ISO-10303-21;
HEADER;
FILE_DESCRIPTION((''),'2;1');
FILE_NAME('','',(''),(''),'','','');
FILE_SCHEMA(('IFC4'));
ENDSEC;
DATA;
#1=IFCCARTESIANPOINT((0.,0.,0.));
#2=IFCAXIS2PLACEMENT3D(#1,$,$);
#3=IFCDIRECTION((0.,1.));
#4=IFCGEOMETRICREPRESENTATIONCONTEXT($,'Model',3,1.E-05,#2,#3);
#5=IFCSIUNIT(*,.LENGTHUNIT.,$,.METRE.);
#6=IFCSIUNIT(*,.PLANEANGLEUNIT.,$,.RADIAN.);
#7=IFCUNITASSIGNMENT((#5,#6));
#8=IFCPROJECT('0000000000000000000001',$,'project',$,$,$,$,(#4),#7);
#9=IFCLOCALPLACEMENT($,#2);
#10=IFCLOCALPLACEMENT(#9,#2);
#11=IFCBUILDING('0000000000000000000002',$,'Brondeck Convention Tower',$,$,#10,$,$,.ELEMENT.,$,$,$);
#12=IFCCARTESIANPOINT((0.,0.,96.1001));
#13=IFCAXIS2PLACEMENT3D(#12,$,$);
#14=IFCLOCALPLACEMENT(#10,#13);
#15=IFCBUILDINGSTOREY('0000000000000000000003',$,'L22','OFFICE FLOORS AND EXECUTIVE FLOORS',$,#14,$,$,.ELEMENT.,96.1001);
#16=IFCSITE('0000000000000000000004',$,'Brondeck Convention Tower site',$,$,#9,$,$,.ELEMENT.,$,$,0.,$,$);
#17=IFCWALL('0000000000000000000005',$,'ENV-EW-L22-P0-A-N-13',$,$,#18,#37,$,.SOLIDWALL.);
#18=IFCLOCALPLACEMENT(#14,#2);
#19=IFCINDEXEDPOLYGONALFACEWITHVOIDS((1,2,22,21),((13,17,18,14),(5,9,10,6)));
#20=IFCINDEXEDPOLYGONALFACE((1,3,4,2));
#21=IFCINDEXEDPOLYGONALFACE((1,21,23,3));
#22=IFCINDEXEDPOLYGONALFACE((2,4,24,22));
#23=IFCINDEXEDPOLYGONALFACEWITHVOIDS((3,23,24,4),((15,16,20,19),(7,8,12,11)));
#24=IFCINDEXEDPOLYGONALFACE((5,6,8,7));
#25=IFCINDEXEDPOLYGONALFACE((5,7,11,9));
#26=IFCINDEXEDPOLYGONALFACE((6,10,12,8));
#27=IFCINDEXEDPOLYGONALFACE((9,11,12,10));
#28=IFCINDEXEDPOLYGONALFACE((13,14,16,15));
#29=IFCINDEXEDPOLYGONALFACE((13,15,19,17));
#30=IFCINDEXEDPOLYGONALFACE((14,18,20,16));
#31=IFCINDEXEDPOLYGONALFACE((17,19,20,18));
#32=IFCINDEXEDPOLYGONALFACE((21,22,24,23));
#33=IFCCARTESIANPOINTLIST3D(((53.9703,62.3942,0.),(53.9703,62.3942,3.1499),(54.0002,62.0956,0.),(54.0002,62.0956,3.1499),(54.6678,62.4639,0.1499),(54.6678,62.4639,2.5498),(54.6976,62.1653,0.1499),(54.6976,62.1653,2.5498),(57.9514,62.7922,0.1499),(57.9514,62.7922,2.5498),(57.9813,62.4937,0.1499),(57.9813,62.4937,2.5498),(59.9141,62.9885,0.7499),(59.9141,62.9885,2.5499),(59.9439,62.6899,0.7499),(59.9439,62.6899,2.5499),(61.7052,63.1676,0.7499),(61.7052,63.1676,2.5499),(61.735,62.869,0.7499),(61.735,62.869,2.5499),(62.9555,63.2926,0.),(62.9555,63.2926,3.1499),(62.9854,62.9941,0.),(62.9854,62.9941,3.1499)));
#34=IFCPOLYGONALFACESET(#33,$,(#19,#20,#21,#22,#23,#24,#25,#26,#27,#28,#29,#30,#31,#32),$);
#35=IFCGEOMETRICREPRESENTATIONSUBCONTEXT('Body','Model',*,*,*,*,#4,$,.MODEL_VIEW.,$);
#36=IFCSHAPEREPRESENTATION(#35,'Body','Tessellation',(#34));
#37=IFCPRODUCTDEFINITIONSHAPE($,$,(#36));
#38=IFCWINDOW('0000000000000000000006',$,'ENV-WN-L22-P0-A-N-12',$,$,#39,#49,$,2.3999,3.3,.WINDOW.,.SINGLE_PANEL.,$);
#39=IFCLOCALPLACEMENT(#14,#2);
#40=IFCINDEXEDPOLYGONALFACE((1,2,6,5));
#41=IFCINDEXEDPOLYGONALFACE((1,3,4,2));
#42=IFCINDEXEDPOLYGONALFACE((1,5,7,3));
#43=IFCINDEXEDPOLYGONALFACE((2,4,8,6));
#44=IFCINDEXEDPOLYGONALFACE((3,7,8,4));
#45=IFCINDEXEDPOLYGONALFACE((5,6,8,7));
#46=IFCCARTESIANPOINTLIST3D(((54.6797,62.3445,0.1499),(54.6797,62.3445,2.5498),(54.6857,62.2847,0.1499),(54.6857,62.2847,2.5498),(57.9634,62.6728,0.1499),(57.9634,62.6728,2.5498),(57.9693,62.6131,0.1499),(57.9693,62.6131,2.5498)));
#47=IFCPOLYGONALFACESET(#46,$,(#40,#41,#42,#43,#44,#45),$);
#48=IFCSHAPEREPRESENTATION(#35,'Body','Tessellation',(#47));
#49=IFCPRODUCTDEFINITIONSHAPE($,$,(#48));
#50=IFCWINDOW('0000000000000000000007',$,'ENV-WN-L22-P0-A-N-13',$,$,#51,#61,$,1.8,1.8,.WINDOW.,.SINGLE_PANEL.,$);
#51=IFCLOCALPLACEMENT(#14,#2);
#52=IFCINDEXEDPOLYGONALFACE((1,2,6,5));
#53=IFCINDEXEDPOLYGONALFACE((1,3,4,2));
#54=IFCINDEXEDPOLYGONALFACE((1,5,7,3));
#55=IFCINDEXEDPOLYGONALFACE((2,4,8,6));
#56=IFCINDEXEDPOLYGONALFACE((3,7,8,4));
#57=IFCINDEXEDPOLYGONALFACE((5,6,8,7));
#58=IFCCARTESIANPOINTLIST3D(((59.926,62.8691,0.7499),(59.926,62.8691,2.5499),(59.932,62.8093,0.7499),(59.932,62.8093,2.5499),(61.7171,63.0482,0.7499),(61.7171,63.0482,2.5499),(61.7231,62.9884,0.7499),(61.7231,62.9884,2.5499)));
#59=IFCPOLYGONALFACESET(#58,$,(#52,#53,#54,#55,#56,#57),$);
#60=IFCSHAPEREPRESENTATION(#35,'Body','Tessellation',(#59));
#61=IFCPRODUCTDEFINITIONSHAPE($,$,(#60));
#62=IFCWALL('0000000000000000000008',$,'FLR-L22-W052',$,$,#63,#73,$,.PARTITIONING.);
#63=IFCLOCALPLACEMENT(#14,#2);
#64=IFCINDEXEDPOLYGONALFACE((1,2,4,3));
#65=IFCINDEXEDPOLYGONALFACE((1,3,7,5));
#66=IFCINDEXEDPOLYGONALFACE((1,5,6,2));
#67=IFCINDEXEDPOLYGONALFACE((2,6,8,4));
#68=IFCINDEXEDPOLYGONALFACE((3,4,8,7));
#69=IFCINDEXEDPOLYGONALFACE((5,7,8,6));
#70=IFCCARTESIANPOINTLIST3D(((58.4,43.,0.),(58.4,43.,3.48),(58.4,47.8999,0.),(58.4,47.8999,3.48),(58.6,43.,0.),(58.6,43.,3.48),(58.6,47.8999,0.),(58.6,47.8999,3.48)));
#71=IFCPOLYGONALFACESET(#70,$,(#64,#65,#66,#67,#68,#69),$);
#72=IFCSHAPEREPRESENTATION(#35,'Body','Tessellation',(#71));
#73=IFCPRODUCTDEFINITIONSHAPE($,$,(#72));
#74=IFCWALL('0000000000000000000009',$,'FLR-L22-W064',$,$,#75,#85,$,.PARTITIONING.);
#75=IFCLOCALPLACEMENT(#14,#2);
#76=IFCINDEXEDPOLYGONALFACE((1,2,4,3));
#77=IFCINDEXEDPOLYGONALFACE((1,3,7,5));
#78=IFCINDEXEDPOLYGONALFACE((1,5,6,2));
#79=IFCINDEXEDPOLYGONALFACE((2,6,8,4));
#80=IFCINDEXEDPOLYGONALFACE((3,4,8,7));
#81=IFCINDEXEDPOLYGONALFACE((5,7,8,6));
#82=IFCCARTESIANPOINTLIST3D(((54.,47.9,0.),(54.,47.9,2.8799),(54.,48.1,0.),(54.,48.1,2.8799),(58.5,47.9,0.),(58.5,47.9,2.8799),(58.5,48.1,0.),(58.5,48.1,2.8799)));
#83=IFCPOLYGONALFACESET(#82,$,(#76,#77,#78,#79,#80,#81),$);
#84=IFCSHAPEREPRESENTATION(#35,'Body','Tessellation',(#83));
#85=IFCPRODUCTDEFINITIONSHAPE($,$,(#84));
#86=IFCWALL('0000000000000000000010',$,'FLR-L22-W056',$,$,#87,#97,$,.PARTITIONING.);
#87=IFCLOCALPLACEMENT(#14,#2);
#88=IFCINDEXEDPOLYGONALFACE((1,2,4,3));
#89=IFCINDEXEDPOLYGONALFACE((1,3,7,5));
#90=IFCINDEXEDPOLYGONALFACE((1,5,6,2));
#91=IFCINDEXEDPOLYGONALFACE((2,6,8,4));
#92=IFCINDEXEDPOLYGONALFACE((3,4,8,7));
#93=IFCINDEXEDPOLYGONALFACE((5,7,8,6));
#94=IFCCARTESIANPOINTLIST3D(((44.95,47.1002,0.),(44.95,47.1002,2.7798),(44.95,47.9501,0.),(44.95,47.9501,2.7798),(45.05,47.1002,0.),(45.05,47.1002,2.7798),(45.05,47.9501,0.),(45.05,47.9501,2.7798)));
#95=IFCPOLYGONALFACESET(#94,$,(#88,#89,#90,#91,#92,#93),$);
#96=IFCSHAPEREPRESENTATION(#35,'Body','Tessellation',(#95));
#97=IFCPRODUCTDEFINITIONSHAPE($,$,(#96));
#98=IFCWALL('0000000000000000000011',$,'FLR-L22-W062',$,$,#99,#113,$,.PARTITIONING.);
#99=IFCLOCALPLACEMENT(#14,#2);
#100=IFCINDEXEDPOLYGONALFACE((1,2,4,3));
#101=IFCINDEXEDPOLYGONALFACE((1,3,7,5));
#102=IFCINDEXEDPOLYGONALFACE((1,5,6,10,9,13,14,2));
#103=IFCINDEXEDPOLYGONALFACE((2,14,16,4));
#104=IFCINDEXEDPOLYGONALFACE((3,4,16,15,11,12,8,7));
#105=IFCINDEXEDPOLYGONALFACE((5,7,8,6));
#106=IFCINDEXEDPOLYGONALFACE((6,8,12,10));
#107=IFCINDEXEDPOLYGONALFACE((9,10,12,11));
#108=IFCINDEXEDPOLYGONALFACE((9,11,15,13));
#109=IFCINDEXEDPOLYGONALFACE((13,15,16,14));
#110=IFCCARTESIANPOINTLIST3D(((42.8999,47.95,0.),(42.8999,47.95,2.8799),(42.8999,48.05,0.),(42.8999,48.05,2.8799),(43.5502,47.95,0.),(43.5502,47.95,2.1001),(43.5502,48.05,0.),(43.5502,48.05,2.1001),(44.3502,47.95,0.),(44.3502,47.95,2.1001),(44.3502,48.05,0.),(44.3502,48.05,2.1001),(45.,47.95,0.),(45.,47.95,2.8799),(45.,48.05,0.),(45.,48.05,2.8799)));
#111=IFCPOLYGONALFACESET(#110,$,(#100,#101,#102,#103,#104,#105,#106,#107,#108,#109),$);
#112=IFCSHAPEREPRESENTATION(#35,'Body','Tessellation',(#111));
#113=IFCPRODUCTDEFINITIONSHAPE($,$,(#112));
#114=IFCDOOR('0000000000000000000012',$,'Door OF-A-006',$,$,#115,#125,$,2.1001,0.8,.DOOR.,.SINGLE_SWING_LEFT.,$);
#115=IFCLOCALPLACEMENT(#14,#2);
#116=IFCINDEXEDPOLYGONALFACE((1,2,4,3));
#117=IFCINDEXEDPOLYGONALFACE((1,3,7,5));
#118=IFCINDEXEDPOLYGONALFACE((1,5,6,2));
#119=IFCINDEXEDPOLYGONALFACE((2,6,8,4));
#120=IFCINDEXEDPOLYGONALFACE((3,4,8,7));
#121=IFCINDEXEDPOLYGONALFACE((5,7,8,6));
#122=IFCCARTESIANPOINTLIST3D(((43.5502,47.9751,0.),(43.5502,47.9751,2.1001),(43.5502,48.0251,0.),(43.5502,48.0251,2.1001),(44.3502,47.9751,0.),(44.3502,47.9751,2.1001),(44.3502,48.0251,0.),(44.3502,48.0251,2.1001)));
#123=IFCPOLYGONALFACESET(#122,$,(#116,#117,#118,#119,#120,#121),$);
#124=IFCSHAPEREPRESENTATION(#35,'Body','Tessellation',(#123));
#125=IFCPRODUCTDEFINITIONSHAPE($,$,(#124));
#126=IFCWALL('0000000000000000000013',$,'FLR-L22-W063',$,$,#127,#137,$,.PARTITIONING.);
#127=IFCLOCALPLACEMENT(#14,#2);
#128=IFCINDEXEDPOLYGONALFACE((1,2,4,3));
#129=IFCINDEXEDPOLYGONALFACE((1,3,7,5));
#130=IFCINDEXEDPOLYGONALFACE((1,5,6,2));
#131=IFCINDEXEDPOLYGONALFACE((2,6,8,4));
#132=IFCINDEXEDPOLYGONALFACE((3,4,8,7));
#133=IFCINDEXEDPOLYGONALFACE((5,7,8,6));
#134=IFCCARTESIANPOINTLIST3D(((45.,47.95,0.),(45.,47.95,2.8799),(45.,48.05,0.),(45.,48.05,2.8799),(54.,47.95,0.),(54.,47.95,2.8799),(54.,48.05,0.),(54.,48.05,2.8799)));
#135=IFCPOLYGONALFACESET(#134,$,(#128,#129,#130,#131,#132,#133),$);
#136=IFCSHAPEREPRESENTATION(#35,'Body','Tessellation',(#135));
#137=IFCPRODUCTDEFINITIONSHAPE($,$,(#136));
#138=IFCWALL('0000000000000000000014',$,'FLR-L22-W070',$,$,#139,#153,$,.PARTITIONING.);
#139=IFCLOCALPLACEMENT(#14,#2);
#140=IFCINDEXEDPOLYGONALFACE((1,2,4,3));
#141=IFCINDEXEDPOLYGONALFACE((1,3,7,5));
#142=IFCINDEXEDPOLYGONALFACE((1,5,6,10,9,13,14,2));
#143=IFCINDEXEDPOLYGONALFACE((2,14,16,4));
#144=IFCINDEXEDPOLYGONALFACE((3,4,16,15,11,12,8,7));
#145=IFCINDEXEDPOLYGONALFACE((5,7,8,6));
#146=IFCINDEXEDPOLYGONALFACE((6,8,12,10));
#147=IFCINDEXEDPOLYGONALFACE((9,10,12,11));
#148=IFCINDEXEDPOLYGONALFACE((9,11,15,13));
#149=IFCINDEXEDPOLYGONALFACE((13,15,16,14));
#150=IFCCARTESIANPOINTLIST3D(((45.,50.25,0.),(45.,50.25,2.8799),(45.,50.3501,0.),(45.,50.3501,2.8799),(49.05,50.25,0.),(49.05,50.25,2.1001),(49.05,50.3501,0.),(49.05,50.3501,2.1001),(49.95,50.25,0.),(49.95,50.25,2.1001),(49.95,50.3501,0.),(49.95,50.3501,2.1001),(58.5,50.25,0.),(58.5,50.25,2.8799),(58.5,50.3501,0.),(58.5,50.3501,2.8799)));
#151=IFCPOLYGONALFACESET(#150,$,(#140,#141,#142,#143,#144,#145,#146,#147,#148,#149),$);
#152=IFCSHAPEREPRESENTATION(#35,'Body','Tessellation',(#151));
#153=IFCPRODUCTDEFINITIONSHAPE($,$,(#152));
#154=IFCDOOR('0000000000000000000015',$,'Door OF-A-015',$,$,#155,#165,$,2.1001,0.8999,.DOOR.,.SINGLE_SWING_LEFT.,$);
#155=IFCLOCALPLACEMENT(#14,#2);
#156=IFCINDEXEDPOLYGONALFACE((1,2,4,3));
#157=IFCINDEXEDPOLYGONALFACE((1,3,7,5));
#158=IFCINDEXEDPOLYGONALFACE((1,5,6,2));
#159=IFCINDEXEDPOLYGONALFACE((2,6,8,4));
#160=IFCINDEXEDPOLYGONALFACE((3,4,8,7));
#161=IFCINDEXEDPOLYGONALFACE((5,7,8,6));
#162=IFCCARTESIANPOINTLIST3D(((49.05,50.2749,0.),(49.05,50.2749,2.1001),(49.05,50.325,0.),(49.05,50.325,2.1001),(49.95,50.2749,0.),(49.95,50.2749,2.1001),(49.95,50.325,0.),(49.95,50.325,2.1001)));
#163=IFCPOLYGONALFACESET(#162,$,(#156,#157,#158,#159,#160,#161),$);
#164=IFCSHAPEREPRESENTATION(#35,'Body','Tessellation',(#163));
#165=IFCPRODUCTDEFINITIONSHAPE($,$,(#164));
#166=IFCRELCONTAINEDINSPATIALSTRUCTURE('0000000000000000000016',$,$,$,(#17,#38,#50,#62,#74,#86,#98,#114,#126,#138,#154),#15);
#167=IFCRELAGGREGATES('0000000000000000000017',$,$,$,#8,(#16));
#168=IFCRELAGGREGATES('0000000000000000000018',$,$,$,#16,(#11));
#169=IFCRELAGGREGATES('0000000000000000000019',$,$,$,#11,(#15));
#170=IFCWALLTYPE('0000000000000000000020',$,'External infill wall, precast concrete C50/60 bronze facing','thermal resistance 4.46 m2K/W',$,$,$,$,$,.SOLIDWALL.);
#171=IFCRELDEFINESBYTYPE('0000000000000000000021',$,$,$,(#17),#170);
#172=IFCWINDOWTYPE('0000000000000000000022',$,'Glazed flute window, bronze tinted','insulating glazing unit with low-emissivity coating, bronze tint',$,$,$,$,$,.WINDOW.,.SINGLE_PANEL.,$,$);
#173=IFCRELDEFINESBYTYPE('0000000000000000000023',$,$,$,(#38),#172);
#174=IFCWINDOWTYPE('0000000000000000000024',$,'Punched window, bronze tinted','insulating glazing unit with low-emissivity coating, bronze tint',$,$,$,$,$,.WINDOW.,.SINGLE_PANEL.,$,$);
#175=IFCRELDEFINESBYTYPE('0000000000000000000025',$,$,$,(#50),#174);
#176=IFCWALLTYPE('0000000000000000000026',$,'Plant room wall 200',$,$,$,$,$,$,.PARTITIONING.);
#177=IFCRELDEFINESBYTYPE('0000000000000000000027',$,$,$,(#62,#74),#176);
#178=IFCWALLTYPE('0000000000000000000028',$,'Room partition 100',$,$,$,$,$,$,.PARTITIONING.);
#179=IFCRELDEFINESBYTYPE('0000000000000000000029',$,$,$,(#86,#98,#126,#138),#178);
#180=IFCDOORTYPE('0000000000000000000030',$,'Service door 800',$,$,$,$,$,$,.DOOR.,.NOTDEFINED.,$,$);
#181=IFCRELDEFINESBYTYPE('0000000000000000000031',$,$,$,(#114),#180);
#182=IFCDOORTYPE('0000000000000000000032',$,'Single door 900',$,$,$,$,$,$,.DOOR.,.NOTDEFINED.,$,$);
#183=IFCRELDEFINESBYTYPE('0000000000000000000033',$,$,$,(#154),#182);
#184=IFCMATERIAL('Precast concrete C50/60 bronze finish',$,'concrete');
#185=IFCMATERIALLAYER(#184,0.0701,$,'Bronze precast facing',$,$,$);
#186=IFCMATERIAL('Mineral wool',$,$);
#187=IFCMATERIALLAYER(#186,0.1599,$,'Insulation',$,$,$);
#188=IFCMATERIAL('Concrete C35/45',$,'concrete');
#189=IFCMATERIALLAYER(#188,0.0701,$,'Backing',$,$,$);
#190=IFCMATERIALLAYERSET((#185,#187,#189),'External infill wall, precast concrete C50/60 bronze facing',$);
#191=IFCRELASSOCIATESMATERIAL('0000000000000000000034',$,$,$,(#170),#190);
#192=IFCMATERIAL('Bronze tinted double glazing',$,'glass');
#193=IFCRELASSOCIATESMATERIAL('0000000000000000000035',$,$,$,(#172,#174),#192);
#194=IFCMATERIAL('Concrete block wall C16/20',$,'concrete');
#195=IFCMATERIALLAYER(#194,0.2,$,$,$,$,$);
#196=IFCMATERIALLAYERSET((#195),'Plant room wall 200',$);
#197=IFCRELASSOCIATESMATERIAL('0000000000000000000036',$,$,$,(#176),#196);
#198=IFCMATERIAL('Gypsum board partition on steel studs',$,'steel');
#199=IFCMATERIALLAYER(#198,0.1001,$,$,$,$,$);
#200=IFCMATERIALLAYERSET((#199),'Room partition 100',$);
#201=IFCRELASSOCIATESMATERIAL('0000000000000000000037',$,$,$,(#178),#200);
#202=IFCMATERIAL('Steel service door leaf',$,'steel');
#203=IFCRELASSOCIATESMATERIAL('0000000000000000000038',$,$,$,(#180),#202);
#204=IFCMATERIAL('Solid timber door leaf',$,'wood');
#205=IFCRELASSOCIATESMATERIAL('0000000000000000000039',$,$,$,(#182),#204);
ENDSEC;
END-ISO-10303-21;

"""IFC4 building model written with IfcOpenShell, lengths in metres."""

from ifc_helpers import new_model, si_unit, direction, frame, frame_2d, origin, place, context, subcontext, project, spatial, rectangle, extrude, material, layer, layer_set, type_object, element, fill, save


model = new_model("IFC4")

# Units and contexts
model_context = context("Model", 3, precision=1e-05, world=origin(), true_north=direction((0.0, 1.0)))
body_context = subcontext(model_context, "Body", "Model", "MODEL_VIEW")
ifc_project = project(units=[si_unit("LENGTHUNIT", "METRE"), si_unit("PLANEANGLEUNIT", "RADIAN")], contexts=[model_context])

# Site, building, storey
site_placement = place(None, origin())
site = spatial("IfcSite", under=ifc_project, at=site_placement, Name="Brondeck Convention Tower site", CompositionType="ELEMENT", RefElevation=0.0)
building_placement = place(site_placement, origin())
building = spatial("IfcBuilding", under=site, at=building_placement, Name="Brondeck Convention Tower", CompositionType="ELEMENT")
storey_placement = place(building_placement, frame((0.0, 0.0, 96.1001)))
storey = spatial("IfcBuildingStorey", under=building, at=storey_placement, Name="L22", Description="OFFICE FLOORS AND EXECUTIVE FLOORS", CompositionType="ELEMENT", Elevation=96.1001)

# Wall, openings, windows
ifc_material_1 = material(Name="Precast concrete C50/60 bronze finish", Category="concrete")
ifc_layer_1 = layer(ifc_material_1, 0.0701, Name="Bronze precast facing")
ifc_material_2 = material(Name="Mineral wool")
ifc_layer_2 = layer(ifc_material_2, 0.1599, Name="Insulation")
ifc_material_3 = material(Name="Concrete C35/45", Category="concrete")
ifc_layer_3 = layer(ifc_material_3, 0.0701, Name="Backing")
ifc_layer_set_1 = layer_set([ifc_layer_1, ifc_layer_2, ifc_layer_3], Name="External infill wall, precast concrete C50/60 bronze facing")
wall_type_1 = type_object("IfcWallType", Name="External infill wall, precast concrete C50/60 bronze facing", Description="thermal resistance 4.46 m2K/W", PredefinedType="SOLIDWALL", material=ifc_layer_set_1)
wall_1_placement = place(storey_placement, frame((53.9851, 62.2449, 0.0), z_axis=(0.0, 0.0, 1.0), x_axis=(0.995038, 0.099496, 0.0)))
wall_1 = element("IfcWall", 1, at=wall_1_placement, inside=storey, type_object=wall_type_1, Name="ENV-EW-L22-P0-A-N-13", PredefinedType="SOLIDWALL", context=body_context, shape_type="SweptSolid", body=[
    extrude(rectangle(XDim=9.03, YDim=0.3, at=frame_2d((4.5151, 0.0))), origin(), (0.0, 0.0, 1.0), 3.1499),
])
opening_1_placement = place(wall_1_placement, frame((0.7012, 0.0, 0.1499)))
opening_1 = element("IfcOpeningElement", 2, at=opening_1_placement, cuts=wall_1, PredefinedType="OPENING", context=body_context, shape_type="SweptSolid", body=[
    extrude(rectangle(XDim=3.3, YDim=2.3999, at=frame_2d((1.6499, 1.2))), frame((0.0, 0.1599, 0.0), z_axis=(0.0, -1.0, 0.0), x_axis=(1.0, 0.0, 0.0)), (0.0, 0.0, 1.0), 0.3201),
])
opening_2_placement = place(wall_1_placement, frame((5.9736, 0.0, 0.75)))
opening_2 = element("IfcOpeningElement", 3, at=opening_2_placement, cuts=wall_1, PredefinedType="OPENING", context=body_context, shape_type="SweptSolid", body=[
    extrude(rectangle(XDim=1.8, YDim=1.8, at=frame_2d((0.8999, 0.8999))), frame((0.0, 0.1599, 0.0), z_axis=(0.0, -1.0, 0.0), x_axis=(1.0, 0.0, 0.0)), (0.0, 0.0, 1.0), 0.3201),
])
ifc_material_4 = material(Name="Bronze tinted double glazing", Category="glass")
window_type_1 = type_object("IfcWindowType", Name="Glazed flute window, bronze tinted", Description="insulating glazing unit with low-emissivity coating, bronze tint", PartitioningType="SINGLE_PANEL", PredefinedType="WINDOW", material=ifc_material_4)
window_1_placement = place(opening_1_placement, origin())
window_1 = element("IfcWindow", 4, at=window_1_placement, inside=storey, type_object=window_type_1, Name="ENV-WN-L22-P0-A-N-12", OverallHeight=2.3999, OverallWidth=3.3, PartitioningType="SINGLE_PANEL", PredefinedType="WINDOW", context=body_context, shape_type="SweptSolid", body=[
    extrude(rectangle(XDim=3.3, YDim=2.3999, at=frame_2d((1.6499, 1.2))), frame((0.0, 0.03, 0.0), z_axis=(0.0, -1.0, 0.0), x_axis=(1.0, 0.0, 0.0)), (0.0, 0.0, 1.0), 0.0601),
])
fill(opening_1, window_1)
window_type_2 = type_object("IfcWindowType", Name="Punched window, bronze tinted", Description="insulating glazing unit with low-emissivity coating, bronze tint", PartitioningType="SINGLE_PANEL", PredefinedType="WINDOW", material=ifc_material_4)
window_2_placement = place(opening_2_placement, origin())
window_2 = element("IfcWindow", 5, at=window_2_placement, inside=storey, type_object=window_type_2, Name="ENV-WN-L22-P0-A-N-13", OverallHeight=1.8, OverallWidth=1.8, PartitioningType="SINGLE_PANEL", PredefinedType="WINDOW", context=body_context, shape_type="SweptSolid", body=[
    extrude(rectangle(XDim=1.8, YDim=1.8, at=frame_2d((0.8999, 0.8999))), frame((0.0, 0.03, 0.0), z_axis=(0.0, -1.0, 0.0), x_axis=(1.0, 0.0, 0.0)), (0.0, 0.0, 1.0), 0.0601),
])
fill(opening_2, window_2)

# Walls
ifc_material_5 = material(Name="Concrete block wall C16/20", Category="concrete")
ifc_layer_4 = layer(ifc_material_5, 0.2)
ifc_layer_set_2 = layer_set([ifc_layer_4], Name="Plant room wall 200")
wall_type_2 = type_object("IfcWallType", Name="Plant room wall 200", PredefinedType="PARTITIONING", material=ifc_layer_set_2)
wall_2_placement = place(storey_placement, frame((58.5, 47.8999, 0.0), z_axis=(0.0, 0.0, 1.0), x_axis=(0.0, -1.0, 0.0)))
element("IfcWall", 6, at=wall_2_placement, inside=storey, type_object=wall_type_2, Name="FLR-L22-W052", PredefinedType="PARTITIONING", context=body_context, shape_type="SweptSolid", body=[
    extrude(rectangle(XDim=4.8999, YDim=0.2, at=frame_2d((2.45, 0.0))), origin(), (0.0, 0.0, 1.0), 3.48),
])
wall_3_placement = place(storey_placement, frame((58.5, 48.0, 0.0), z_axis=(0.0, 0.0, 1.0), x_axis=(-1.0, 0.0, 0.0)))
element("IfcWall", 7, at=wall_3_placement, inside=storey, type_object=wall_type_2, Name="FLR-L22-W064", PredefinedType="PARTITIONING", context=body_context, shape_type="SweptSolid", body=[
    extrude(rectangle(XDim=4.5, YDim=0.2, at=frame_2d((2.25, 0.0))), origin(), (0.0, 0.0, 1.0), 2.8799),
])
ifc_material_6 = material(Name="Gypsum board partition on steel studs", Category="steel")
ifc_layer_5 = layer(ifc_material_6, 0.1001)
ifc_layer_set_3 = layer_set([ifc_layer_5], Name="Room partition 100")
wall_type_3 = type_object("IfcWallType", Name="Room partition 100", PredefinedType="PARTITIONING", material=ifc_layer_set_3)
wall_4_placement = place(storey_placement, frame((45.0, 47.95, 0.0), z_axis=(0.0, 0.0, 1.0), x_axis=(0.0, -1.0, 0.0)))
element("IfcWall", 8, at=wall_4_placement, inside=storey, type_object=wall_type_3, Name="FLR-L22-W056", PredefinedType="PARTITIONING", context=body_context, shape_type="SweptSolid", body=[
    extrude(rectangle(XDim=0.8499, YDim=0.1001, at=frame_2d((0.4248, 0.0))), origin(), (0.0, 0.0, 1.0), 2.7798),
])

# Wall, opening, door
wall_5_placement = place(storey_placement, frame((45.0, 48.0, 0.0), z_axis=(0.0, 0.0, 1.0), x_axis=(-1.0, 0.0, 0.0)))
wall_5 = element("IfcWall", 9, at=wall_5_placement, inside=storey, type_object=wall_type_3, Name="FLR-L22-W062", PredefinedType="PARTITIONING", context=body_context, shape_type="SweptSolid", body=[
    extrude(rectangle(XDim=2.1001, YDim=0.1001, at=frame_2d((1.05, 0.0))), origin(), (0.0, 0.0, 1.0), 2.8799),
])
opening_3_placement = place(wall_5_placement, frame((0.6499, 0.0, 0.0)))
opening_3 = element("IfcOpeningElement", 10, at=opening_3_placement, cuts=wall_5, PredefinedType="OPENING", context=body_context, shape_type="SweptSolid", body=[
    extrude(rectangle(XDim=0.8, YDim=2.1001, at=frame_2d((0.3999, 1.05))), frame((0.0, 0.0601, 0.0), z_axis=(0.0, -1.0, 0.0), x_axis=(1.0, 0.0, 0.0)), (0.0, 0.0, 1.0), 0.1201),
])
ifc_material_7 = material(Name="Steel service door leaf", Category="steel")
door_type_1 = type_object("IfcDoorType", Name="Service door 800", OperationType="NOTDEFINED", PredefinedType="DOOR", material=ifc_material_7)
door_1_placement = place(opening_3_placement, origin())
door_1 = element("IfcDoor", 11, at=door_1_placement, inside=storey, type_object=door_type_1, Name="Door OF-A-006", OperationType="SINGLE_SWING_LEFT", OverallHeight=2.1001, OverallWidth=0.8, PredefinedType="DOOR", context=body_context, shape_type="SweptSolid", body=[
    extrude(rectangle(XDim=0.8, YDim=2.1001, at=frame_2d((0.3999, 1.05))), frame((0.0, 0.0249, 0.0), z_axis=(0.0, -1.0, 0.0), x_axis=(1.0, 0.0, 0.0)), (0.0, 0.0, 1.0), 0.05),
])
fill(opening_3, door_1)

# Wall
wall_6_placement = place(storey_placement, frame((54.0, 48.0, 0.0), z_axis=(0.0, 0.0, 1.0), x_axis=(-1.0, 0.0, 0.0)))
element("IfcWall", 12, at=wall_6_placement, inside=storey, type_object=wall_type_3, Name="FLR-L22-W063", PredefinedType="PARTITIONING", context=body_context, shape_type="SweptSolid", body=[
    extrude(rectangle(XDim=9.0, YDim=0.1001, at=frame_2d((4.5, 0.0))), origin(), (0.0, 0.0, 1.0), 2.8799),
])

# Wall, opening, door
wall_7_placement = place(storey_placement, frame((45.0, 50.3, 0.0), z_axis=(0.0, 0.0, 1.0), x_axis=(1.0, 0.0, 0.0)))
wall_7 = element("IfcWall", 13, at=wall_7_placement, inside=storey, type_object=wall_type_3, Name="FLR-L22-W070", PredefinedType="PARTITIONING", context=body_context, shape_type="SweptSolid", body=[
    extrude(rectangle(XDim=13.5, YDim=0.1001, at=frame_2d((6.75, 0.0))), origin(), (0.0, 0.0, 1.0), 2.8799),
])
opening_4_placement = place(wall_7_placement, frame((4.05, 0.0, 0.0)))
opening_4 = element("IfcOpeningElement", 14, at=opening_4_placement, cuts=wall_7, PredefinedType="OPENING", context=body_context, shape_type="SweptSolid", body=[
    extrude(rectangle(XDim=0.8999, YDim=2.1001, at=frame_2d((0.45, 1.05))), frame((0.0, 0.0601, 0.0), z_axis=(0.0, -1.0, 0.0), x_axis=(1.0, 0.0, 0.0)), (0.0, 0.0, 1.0), 0.1201),
])
ifc_material_8 = material(Name="Solid timber door leaf", Category="wood")
door_type_2 = type_object("IfcDoorType", Name="Single door 900", OperationType="NOTDEFINED", PredefinedType="DOOR", material=ifc_material_8)
door_2_placement = place(opening_4_placement, origin())
door_2 = element("IfcDoor", 15, at=door_2_placement, inside=storey, type_object=door_type_2, Name="Door OF-A-015", OperationType="SINGLE_SWING_LEFT", OverallHeight=2.1001, OverallWidth=0.8999, PredefinedType="DOOR", context=body_context, shape_type="SweptSolid", body=[
    extrude(rectangle(XDim=0.8999, YDim=2.1001, at=frame_2d((0.45, 1.05))), frame((0.0, 0.0249, 0.0), z_axis=(0.0, -1.0, 0.0), x_axis=(1.0, 0.0, 0.0)), (0.0, 0.0, 1.0), 0.05),
])
fill(opening_4, door_2)

save(model, "model.ifc")
